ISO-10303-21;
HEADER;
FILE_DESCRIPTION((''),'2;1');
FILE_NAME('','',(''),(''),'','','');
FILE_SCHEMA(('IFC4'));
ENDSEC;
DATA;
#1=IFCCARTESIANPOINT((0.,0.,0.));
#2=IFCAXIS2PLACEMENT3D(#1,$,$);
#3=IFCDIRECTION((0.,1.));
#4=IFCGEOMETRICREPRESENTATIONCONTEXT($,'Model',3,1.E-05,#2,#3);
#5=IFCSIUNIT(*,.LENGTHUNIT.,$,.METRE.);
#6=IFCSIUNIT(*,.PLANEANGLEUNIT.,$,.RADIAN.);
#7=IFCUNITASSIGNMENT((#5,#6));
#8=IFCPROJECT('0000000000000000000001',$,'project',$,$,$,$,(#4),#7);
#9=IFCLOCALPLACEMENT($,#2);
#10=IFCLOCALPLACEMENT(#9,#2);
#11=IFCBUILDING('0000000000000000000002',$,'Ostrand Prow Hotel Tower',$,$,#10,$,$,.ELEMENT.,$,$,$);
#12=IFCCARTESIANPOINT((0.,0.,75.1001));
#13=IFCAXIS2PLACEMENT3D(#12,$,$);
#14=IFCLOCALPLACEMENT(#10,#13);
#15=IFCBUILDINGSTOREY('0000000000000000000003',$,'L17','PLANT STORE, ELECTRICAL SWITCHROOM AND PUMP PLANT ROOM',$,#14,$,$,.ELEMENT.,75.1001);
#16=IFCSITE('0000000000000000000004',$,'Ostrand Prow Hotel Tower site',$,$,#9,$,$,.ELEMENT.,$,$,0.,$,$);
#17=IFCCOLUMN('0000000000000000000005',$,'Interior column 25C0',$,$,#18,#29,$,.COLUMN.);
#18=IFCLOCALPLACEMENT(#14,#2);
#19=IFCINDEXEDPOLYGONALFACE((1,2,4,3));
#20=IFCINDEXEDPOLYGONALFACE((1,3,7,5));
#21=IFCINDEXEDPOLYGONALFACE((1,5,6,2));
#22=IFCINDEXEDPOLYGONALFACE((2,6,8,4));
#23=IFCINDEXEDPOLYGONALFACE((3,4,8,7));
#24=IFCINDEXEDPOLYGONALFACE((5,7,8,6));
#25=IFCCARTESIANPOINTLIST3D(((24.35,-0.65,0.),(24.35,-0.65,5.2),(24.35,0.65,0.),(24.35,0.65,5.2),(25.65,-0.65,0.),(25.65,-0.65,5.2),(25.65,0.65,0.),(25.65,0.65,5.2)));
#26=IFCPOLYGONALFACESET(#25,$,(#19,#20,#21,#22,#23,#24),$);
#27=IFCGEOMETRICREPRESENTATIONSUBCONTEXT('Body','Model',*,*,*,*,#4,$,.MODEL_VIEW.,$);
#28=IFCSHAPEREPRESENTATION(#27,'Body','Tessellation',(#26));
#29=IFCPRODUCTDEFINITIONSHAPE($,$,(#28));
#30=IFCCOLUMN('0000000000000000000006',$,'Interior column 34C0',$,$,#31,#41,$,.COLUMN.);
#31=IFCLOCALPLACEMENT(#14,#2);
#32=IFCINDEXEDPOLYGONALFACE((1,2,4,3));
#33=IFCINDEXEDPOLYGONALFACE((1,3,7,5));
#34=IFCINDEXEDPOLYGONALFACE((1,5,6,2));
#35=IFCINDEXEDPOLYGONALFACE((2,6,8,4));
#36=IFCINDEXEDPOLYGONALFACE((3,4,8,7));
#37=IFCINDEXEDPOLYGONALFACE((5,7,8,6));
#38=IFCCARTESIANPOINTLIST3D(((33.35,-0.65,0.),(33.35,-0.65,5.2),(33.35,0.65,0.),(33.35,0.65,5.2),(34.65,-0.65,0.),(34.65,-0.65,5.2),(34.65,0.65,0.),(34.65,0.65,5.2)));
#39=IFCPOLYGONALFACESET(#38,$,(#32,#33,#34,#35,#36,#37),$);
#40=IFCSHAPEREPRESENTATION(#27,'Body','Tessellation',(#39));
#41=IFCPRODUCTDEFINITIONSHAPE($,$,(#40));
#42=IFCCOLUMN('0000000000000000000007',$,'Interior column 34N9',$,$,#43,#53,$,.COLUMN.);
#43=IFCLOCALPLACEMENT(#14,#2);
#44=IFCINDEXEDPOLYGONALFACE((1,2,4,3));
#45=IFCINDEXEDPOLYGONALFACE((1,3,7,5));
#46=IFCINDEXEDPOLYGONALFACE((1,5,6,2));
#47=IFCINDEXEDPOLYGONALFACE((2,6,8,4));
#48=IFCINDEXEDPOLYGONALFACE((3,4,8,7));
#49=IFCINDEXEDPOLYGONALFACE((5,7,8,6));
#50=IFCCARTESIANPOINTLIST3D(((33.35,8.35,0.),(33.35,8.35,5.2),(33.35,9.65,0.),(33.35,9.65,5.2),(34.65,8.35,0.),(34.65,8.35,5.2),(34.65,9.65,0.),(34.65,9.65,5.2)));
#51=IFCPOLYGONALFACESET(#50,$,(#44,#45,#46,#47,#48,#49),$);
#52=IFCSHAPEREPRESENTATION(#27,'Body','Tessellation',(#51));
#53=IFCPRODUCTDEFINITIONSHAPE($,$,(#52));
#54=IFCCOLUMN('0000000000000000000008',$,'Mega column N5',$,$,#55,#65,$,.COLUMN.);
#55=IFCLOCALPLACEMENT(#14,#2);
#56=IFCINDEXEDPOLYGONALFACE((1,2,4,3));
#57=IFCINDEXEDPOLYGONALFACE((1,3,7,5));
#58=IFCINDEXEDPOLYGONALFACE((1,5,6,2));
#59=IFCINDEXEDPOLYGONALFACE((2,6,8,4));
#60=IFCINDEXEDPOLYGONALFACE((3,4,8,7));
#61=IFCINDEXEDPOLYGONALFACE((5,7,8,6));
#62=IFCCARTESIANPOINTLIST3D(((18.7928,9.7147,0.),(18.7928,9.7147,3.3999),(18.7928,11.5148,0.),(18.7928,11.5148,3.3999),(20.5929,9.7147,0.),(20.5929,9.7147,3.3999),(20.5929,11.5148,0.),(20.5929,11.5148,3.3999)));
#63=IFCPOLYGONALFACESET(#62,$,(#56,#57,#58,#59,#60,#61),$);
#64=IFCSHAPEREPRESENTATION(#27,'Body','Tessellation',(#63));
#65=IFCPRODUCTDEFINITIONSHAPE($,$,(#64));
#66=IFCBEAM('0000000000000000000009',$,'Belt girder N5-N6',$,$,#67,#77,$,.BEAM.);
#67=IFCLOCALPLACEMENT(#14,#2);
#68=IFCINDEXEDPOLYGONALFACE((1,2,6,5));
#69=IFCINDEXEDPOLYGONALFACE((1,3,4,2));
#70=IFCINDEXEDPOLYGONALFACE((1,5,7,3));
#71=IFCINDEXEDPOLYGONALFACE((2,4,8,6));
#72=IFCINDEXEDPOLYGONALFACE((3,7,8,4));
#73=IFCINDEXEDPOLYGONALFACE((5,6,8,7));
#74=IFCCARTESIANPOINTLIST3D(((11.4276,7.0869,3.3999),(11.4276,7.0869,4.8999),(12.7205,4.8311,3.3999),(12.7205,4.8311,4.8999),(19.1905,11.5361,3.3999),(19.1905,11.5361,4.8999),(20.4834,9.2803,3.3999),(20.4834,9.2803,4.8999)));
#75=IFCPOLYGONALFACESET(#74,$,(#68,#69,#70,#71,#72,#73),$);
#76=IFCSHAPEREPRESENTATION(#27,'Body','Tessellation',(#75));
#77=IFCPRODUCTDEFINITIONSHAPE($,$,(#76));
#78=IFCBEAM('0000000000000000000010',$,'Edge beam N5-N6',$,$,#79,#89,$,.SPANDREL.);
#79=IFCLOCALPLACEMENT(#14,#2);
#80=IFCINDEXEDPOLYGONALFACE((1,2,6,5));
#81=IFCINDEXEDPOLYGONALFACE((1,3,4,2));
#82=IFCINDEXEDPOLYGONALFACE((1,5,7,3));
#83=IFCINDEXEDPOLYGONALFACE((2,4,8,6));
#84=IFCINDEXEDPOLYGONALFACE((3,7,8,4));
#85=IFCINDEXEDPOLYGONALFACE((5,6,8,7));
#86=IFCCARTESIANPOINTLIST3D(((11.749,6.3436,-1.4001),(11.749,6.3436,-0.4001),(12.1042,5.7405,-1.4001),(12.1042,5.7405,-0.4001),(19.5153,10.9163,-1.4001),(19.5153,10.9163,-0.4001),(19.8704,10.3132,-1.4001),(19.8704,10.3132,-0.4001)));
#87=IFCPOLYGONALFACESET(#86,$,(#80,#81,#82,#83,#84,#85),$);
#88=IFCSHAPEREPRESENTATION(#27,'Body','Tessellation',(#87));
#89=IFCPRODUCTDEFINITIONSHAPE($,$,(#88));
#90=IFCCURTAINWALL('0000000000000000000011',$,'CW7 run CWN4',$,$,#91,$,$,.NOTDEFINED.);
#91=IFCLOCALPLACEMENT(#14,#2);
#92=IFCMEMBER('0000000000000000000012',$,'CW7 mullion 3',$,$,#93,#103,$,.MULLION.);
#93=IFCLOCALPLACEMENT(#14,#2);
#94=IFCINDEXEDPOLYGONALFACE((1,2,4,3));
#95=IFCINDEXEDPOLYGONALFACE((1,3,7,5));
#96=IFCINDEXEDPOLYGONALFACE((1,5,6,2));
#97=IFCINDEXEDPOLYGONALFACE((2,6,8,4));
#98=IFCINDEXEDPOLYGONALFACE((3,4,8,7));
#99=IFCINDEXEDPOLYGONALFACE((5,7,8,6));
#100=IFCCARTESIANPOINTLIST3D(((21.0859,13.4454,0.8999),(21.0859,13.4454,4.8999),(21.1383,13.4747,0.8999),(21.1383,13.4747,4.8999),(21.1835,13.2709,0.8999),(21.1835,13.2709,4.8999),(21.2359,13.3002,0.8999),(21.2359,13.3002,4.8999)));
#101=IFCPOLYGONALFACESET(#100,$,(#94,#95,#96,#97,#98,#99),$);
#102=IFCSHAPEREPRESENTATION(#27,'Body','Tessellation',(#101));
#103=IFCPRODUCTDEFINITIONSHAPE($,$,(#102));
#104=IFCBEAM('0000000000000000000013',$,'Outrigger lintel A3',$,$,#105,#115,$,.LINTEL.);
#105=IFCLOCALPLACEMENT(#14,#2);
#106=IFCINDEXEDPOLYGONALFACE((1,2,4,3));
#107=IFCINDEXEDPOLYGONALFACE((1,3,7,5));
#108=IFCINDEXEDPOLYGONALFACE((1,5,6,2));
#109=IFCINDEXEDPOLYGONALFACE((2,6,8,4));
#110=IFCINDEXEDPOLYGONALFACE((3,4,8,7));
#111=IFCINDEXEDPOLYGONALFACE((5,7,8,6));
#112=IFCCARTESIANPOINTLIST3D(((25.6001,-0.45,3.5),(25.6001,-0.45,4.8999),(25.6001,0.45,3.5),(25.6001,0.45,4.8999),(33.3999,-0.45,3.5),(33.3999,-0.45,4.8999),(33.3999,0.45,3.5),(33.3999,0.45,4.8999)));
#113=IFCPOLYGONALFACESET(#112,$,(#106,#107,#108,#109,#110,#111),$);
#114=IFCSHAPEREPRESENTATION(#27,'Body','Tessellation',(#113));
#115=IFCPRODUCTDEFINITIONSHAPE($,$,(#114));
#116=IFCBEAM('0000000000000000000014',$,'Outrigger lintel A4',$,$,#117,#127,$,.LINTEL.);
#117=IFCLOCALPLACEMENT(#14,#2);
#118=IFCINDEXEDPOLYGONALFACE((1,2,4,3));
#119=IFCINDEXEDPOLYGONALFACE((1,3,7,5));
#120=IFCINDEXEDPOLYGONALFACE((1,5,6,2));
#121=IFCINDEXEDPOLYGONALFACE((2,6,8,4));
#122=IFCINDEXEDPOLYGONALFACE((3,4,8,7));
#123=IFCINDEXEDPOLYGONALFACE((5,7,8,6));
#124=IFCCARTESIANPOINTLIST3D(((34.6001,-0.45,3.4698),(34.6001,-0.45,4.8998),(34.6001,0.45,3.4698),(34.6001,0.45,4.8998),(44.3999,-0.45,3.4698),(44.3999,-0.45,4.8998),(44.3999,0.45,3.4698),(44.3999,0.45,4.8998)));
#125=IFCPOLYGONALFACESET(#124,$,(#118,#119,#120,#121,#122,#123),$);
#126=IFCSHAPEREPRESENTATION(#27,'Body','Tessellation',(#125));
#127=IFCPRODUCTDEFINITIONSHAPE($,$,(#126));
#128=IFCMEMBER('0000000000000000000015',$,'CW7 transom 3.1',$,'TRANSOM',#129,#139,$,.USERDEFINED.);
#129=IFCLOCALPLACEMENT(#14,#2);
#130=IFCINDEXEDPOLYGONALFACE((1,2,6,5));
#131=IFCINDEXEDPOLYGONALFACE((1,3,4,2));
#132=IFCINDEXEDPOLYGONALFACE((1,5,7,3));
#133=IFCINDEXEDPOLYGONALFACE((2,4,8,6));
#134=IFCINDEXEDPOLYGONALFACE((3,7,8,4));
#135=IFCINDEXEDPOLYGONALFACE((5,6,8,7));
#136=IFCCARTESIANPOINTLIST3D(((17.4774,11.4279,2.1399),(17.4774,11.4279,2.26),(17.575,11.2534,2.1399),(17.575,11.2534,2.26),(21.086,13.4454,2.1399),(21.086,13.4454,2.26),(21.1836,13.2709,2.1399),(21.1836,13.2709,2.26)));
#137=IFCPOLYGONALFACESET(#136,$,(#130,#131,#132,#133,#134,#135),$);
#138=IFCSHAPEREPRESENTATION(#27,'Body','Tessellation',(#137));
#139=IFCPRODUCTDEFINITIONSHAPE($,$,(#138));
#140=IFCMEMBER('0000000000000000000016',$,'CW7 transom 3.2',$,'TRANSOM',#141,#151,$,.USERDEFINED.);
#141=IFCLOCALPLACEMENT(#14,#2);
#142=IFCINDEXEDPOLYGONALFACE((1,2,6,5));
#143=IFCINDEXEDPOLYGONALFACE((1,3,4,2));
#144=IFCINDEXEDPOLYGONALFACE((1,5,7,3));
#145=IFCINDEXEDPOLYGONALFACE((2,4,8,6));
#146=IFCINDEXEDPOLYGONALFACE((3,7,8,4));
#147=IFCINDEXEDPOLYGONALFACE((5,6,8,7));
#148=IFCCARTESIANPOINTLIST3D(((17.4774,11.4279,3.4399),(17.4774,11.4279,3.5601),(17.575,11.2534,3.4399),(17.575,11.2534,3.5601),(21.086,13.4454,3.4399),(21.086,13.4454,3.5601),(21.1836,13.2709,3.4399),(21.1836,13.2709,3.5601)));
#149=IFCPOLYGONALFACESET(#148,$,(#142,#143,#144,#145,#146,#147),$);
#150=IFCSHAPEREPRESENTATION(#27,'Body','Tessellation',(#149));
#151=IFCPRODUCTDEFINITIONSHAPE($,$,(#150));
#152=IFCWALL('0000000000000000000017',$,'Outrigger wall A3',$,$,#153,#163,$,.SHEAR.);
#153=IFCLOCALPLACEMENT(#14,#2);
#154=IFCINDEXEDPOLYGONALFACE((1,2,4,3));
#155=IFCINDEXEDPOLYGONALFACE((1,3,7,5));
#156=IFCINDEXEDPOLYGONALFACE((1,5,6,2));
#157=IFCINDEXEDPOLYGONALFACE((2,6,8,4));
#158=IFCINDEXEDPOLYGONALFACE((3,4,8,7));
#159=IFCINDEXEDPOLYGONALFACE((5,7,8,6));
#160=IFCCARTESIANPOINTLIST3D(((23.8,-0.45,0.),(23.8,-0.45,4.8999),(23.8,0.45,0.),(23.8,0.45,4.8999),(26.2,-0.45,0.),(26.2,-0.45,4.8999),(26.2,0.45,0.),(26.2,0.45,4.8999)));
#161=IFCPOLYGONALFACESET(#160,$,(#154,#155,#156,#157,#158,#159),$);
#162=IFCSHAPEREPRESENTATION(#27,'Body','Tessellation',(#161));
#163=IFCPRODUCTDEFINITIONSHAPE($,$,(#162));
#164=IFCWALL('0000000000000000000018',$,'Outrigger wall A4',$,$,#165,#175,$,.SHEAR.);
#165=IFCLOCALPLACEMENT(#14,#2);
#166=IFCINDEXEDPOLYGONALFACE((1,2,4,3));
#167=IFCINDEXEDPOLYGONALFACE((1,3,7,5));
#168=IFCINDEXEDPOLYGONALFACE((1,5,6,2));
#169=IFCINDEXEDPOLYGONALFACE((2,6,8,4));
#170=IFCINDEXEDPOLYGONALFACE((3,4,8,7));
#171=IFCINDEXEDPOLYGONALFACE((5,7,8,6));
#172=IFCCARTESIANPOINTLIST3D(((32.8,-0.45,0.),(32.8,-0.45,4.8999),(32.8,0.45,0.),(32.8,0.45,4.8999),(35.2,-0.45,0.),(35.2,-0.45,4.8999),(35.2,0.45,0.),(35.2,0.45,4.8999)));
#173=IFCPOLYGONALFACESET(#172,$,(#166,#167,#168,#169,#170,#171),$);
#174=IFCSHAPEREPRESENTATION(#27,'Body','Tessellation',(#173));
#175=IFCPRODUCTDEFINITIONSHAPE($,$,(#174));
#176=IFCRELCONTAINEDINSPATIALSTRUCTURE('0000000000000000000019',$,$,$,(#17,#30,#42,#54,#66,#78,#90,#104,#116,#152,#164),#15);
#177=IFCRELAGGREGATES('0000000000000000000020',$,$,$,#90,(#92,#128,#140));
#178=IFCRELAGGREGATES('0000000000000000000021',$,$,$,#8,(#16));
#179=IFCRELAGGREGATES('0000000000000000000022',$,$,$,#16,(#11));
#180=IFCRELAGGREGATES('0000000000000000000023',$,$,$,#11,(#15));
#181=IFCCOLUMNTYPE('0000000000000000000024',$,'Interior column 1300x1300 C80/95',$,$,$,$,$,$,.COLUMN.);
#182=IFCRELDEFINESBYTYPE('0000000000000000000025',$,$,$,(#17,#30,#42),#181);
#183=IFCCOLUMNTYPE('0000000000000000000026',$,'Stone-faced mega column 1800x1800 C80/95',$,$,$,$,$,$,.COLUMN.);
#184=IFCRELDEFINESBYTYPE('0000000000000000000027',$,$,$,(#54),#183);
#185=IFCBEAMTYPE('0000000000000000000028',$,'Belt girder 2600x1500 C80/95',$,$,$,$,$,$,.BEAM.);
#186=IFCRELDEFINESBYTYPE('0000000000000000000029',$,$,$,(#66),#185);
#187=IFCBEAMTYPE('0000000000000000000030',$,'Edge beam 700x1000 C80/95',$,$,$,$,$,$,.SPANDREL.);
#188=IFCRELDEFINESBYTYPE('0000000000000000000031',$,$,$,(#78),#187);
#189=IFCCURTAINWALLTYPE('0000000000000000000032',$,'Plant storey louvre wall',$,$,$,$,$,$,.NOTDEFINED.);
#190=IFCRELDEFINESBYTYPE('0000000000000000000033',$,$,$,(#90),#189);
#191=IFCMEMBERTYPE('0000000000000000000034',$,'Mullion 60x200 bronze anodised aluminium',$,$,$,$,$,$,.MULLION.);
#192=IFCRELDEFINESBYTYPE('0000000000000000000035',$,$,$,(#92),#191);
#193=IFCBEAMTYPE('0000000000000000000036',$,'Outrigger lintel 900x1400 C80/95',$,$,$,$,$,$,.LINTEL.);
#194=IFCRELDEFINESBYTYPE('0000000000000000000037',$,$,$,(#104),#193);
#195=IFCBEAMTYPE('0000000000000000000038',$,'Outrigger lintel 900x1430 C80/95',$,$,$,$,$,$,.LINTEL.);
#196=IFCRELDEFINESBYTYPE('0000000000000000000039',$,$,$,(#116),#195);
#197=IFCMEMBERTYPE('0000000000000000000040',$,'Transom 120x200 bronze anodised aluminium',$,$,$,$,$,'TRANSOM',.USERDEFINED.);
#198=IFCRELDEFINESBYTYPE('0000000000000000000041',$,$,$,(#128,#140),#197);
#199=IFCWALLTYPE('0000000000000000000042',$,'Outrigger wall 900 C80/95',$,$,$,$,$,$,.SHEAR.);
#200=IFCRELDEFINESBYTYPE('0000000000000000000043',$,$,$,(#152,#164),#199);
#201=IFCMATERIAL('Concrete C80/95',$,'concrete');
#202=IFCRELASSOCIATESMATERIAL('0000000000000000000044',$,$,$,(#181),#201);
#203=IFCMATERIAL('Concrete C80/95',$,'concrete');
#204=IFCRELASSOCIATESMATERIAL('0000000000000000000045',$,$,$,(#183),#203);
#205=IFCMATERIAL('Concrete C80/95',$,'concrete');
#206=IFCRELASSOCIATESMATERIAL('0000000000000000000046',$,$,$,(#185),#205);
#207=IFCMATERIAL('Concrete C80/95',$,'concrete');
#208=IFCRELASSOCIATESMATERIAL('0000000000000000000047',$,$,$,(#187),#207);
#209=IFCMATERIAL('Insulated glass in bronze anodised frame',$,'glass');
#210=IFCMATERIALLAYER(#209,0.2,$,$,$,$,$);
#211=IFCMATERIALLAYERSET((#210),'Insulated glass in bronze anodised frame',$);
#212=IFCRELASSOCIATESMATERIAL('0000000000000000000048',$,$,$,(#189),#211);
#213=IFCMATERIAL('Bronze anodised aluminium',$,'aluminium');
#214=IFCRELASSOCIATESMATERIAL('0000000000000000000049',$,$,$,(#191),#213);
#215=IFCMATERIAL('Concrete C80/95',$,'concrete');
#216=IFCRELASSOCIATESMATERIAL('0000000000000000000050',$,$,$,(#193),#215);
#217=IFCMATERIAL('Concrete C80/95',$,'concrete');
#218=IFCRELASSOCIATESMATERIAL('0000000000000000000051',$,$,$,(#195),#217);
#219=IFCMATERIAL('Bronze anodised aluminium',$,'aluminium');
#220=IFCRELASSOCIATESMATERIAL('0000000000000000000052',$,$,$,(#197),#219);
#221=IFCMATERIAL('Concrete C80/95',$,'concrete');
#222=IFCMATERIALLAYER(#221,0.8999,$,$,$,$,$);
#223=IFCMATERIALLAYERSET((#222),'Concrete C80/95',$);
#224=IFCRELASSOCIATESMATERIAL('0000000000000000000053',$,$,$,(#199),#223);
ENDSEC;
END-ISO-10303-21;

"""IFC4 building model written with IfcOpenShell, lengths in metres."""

from ifc_helpers import new_model, si_unit, direction, frame, frame_2d, origin, origin_2d, place, context, subcontext, project, spatial, rectangle, extrude, material, layer, layer_set, material_profile, profile_set, type_object, element, aggregate, save


model = new_model("IFC4")

# Units and contexts
model_context = context("Model", 3, precision=1e-05, world=origin(), true_north=direction((0.0, 1.0)))
body_context = subcontext(model_context, "Body", "Model", "MODEL_VIEW")
ifc_project = project(units=[si_unit("LENGTHUNIT", "METRE"), si_unit("PLANEANGLEUNIT", "RADIAN")], contexts=[model_context])

# Site, building, storey
site_placement = place(None, origin())
site = spatial("IfcSite", under=ifc_project, at=site_placement, Name="Ostrand Prow Hotel Tower site", CompositionType="ELEMENT", RefElevation=0.0)
building_placement = place(site_placement, origin())
building = spatial("IfcBuilding", under=site, at=building_placement, Name="Ostrand Prow Hotel Tower", CompositionType="ELEMENT")
storey_placement = place(building_placement, frame((0.0, 0.0, 75.1001)))
storey = spatial("IfcBuildingStorey", under=building, at=storey_placement, Name="L17", Description="PLANT STORE, ELECTRICAL SWITCHROOM AND PUMP PLANT ROOM", CompositionType="ELEMENT", Elevation=75.1001)

# Columns
ifc_material_1 = material(Name="Concrete C80/95", Category="concrete")
ifc_material_profile_1 = material_profile(ifc_material_1, rectangle(XDim=1.3, YDim=1.3, at=origin_2d()), Name="RC 1300x1300")
ifc_profile_set_1 = profile_set([ifc_material_profile_1], Name="Concrete C80/95")
column_type_1 = type_object("IfcColumnType", Name="Interior column 1300x1300 C80/95", PredefinedType="COLUMN", material=ifc_profile_set_1)
for number, where, z_axis, x_axis, name in (
    (1, (25.0, 0.0, 0.0), (0.0, 0.0, 1.0), (1.0, 0.0, 0.0), "Interior column 25C0"),
    (2, (34.0, 0.0, 0.0), (0.0, 0.0, 1.0), (1.0, 0.0, 0.0), "Interior column 34C0"),
    (3, (34.0, 9.0, 0.0), (0.0, 0.0, 1.0), (1.0, 0.0, 0.0), "Interior column 34N9"),
):
    element("IfcColumn", number, at=place(storey_placement, frame(where, z_axis=z_axis, x_axis=x_axis)), inside=storey, type_object=column_type_1, Name=name, PredefinedType="COLUMN", context=body_context, shape_type="SweptSolid", body=[
        extrude(rectangle(XDim=1.3, YDim=1.3, at=origin_2d()), origin(), (0.0, 0.0, 1.0), 5.2),
    ])
ifc_material_2 = material(Name="Concrete C80/95", Category="concrete")
ifc_material_profile_2 = material_profile(ifc_material_2, rectangle(XDim=1.8, YDim=1.8, at=origin_2d()), Name="RC 1800x1800")
ifc_profile_set_2 = profile_set([ifc_material_profile_2], Name="Concrete C80/95")
column_type_2 = type_object("IfcColumnType", Name="Stone-faced mega column 1800x1800 C80/95", PredefinedType="COLUMN", material=ifc_profile_set_2)
column_placement = place(storey_placement, frame((19.6929, 10.6147, 0.0), z_axis=(0.0, 0.0, 1.0), x_axis=(1.0, 0.0, 0.0)))
element("IfcColumn", 4, at=column_placement, inside=storey, type_object=column_type_2, Name="Mega column N5", PredefinedType="COLUMN", context=body_context, shape_type="SweptSolid", body=[
    extrude(rectangle(XDim=1.8, YDim=1.8, at=origin_2d()), origin(), (0.0, 0.0, 1.0), 3.3999),
])

# Beams
ifc_material_3 = material(Name="Concrete C80/95", Category="concrete")
ifc_material_profile_3 = material_profile(ifc_material_3, rectangle(XDim=2.6001, YDim=1.5, at=origin_2d()), Name="RC 2600x1500")
ifc_profile_set_3 = profile_set([ifc_material_profile_3], Name="Concrete C80/95")
beam_type_1 = type_object("IfcBeamType", Name="Belt girder 2600x1500 C80/95", PredefinedType="BEAM", material=ifc_profile_set_3)
beam_1_placement = place(storey_placement, frame((19.8369, 10.4082, 4.1499), z_axis=(-0.867604, -0.497255, 0.0), x_axis=(0.497255, -0.867604, 0.0)))
element("IfcBeam", 5, at=beam_1_placement, inside=storey, type_object=beam_type_1, Name="Belt girder N5-N6", PredefinedType="BEAM", context=body_context, shape_type="SweptSolid", body=[
    extrude(rectangle(XDim=2.6001, YDim=1.5, at=origin_2d()), origin(), (0.0, 0.0, 1.0), 8.9475),
])
ifc_material_4 = material(Name="Concrete C80/95", Category="concrete")
ifc_material_profile_4 = material_profile(ifc_material_4, rectangle(XDim=0.7, YDim=1.0, at=origin_2d()), Name="RC 700x1000")
ifc_profile_set_4 = profile_set([ifc_material_profile_4], Name="Concrete C80/95")
beam_type_2 = type_object("IfcBeamType", Name="Edge beam 700x1000 C80/95", PredefinedType="SPANDREL", material=ifc_profile_set_4)
beam_2_placement = place(storey_placement, frame((19.6929, 10.6147, -0.9001), z_axis=(-0.861725, -0.507375, 0.0), x_axis=(0.507375, -0.861725, 0.0)))
element("IfcBeam", 6, at=beam_2_placement, inside=storey, type_object=beam_type_2, Name="Edge beam N5-N6", PredefinedType="SPANDREL", context=body_context, shape_type="SweptSolid", body=[
    extrude(rectangle(XDim=0.7, YDim=1.0, at=origin_2d()), origin(), (0.0, 0.0, 1.0), 9.0125),
])

# Curtain wall, member
ifc_material_5 = material(Name="Insulated glass in bronze anodised frame", Category="glass")
ifc_layer_1 = layer(ifc_material_5, 0.2)
ifc_layer_set_1 = layer_set([ifc_layer_1], Name="Insulated glass in bronze anodised frame")
curtain_wall_type = type_object("IfcCurtainWallType", Name="Plant storey louvre wall", PredefinedType="NOTDEFINED", material=ifc_layer_set_1)
curtain_wall_placement = place(storey_placement, origin())
curtain_wall = element("IfcCurtainWall", 7, at=curtain_wall_placement, inside=storey, type_object=curtain_wall_type, Name="CW7 run CWN4", PredefinedType="NOTDEFINED")
ifc_material_6 = material(Name="Bronze anodised aluminium", Category="aluminium")
ifc_material_profile_5 = material_profile(ifc_material_6, rectangle(XDim=0.2, YDim=0.0601, at=origin_2d()), Name="Mullion 60x200 bronze anodised aluminium")
ifc_profile_set_5 = profile_set([ifc_material_profile_5], Name="Bronze anodised aluminium")
member_type_1 = type_object("IfcMemberType", Name="Mullion 60x200 bronze anodised aluminium", PredefinedType="MULLION", material=ifc_profile_set_5)
member_1_placement = place(storey_placement, frame((21.1609, 13.3728, 0.8999), z_axis=(0.0, 0.0, 1.0), x_axis=(0.488044, -0.872819, 0.0)))
member_1 = element("IfcMember", 8, at=member_1_placement, type_object=member_type_1, Name="CW7 mullion 3", PredefinedType="MULLION", context=body_context, shape_type="SweptSolid", body=[
    extrude(rectangle(XDim=0.2, YDim=0.0601, at=origin_2d()), origin(), (0.0, 0.0, 1.0), 4.0),
])

# Beams
ifc_material_7 = material(Name="Concrete C80/95", Category="concrete")
ifc_material_profile_6 = material_profile(ifc_material_7, rectangle(XDim=0.8999, YDim=1.3999, at=origin_2d()), Name="RC 900x1400")
ifc_profile_set_6 = profile_set([ifc_material_profile_6], Name="Concrete C80/95")
beam_type_3 = type_object("IfcBeamType", Name="Outrigger lintel 900x1400 C80/95", PredefinedType="LINTEL", material=ifc_profile_set_6)
beam_3_placement = place(storey_placement, frame((25.6001, 0.0, 4.2), z_axis=(1.0, 0.0, 0.0), x_axis=(0.0, 1.0, 0.0)))
element("IfcBeam", 9, at=beam_3_placement, inside=storey, type_object=beam_type_3, Name="Outrigger lintel A3", PredefinedType="LINTEL", context=body_context, shape_type="SweptSolid", body=[
    extrude(rectangle(XDim=0.8999, YDim=1.3999, at=origin_2d()), origin(), (0.0, 0.0, 1.0), 7.7998),
])
ifc_material_8 = material(Name="Concrete C80/95", Category="concrete")
ifc_material_profile_7 = material_profile(ifc_material_8, rectangle(XDim=0.8999, YDim=1.4299, at=origin_2d()), Name="RC 900x1430")
ifc_profile_set_7 = profile_set([ifc_material_profile_7], Name="Concrete C80/95")
beam_type_4 = type_object("IfcBeamType", Name="Outrigger lintel 900x1430 C80/95", PredefinedType="LINTEL", material=ifc_profile_set_7)
beam_4_placement = place(storey_placement, frame((34.6001, 0.0, 4.1848), z_axis=(1.0, 0.0, 0.0), x_axis=(0.0, 1.0, 0.0)))
element("IfcBeam", 10, at=beam_4_placement, inside=storey, type_object=beam_type_4, Name="Outrigger lintel A4", PredefinedType="LINTEL", context=body_context, shape_type="SweptSolid", body=[
    extrude(rectangle(XDim=0.8999, YDim=1.4299, at=origin_2d()), origin(), (0.0, 0.0, 1.0), 9.7998),
])

# Members
ifc_material_9 = material(Name="Bronze anodised aluminium", Category="aluminium")
ifc_material_profile_8 = material_profile(ifc_material_9, rectangle(XDim=0.2, YDim=0.1201, at=origin_2d()), Name="Transom 120x200 bronze anodised aluminium")
ifc_profile_set_8 = profile_set([ifc_material_profile_8], Name="Bronze anodised aluminium")
member_type_2 = type_object("IfcMemberType", Name="Transom 120x200 bronze anodised aluminium", ElementType="TRANSOM", PredefinedType="USERDEFINED", material=ifc_profile_set_8)
member_2_placement = place(storey_placement, frame((21.1348, 13.3582, 2.2), z_axis=(-0.872842, -0.488003, 0.0), x_axis=(0.488003, -0.872842, 0.0)))
member_2 = element("IfcMember", 11, at=member_2_placement, type_object=member_type_2, Name="CW7 transom 3.1", ObjectType="TRANSOM", PredefinedType="USERDEFINED", context=body_context, shape_type="SweptSolid", body=[
    extrude(rectangle(XDim=0.2, YDim=0.1201, at=origin_2d()), origin(), (0.0, 0.0, 1.0), 4.1343),
])
member_3_placement = place(storey_placement, frame((21.1348, 13.3582, 3.5), z_axis=(-0.872842, -0.488003, 0.0), x_axis=(0.488003, -0.872842, 0.0)))
member_3 = element("IfcMember", 12, at=member_3_placement, type_object=member_type_2, Name="CW7 transom 3.2", ObjectType="TRANSOM", PredefinedType="USERDEFINED", context=body_context, shape_type="SweptSolid", body=[
    extrude(rectangle(XDim=0.2, YDim=0.1201, at=origin_2d()), origin(), (0.0, 0.0, 1.0), 4.1343),
])
aggregate(curtain_wall, [member_1, member_2, member_3])

# Walls
ifc_material_10 = material(Name="Concrete C80/95", Category="concrete")
ifc_layer_2 = layer(ifc_material_10, 0.8999)
ifc_layer_set_2 = layer_set([ifc_layer_2], Name="Concrete C80/95")
wall_type_1 = type_object("IfcWallType", Name="Outrigger wall 900 C80/95", PredefinedType="SHEAR", material=ifc_layer_set_2)
for number, where, z_axis, x_axis, name in (
    (13, (23.8, 0.0, 0.0), (0.0, 0.0, 1.0), (1.0, 0.0, 0.0), "Outrigger wall A3"),
    (14, (32.8, 0.0, 0.0), (0.0, 0.0, 1.0), (1.0, 0.0, 0.0), "Outrigger wall A4"),
):
    element("IfcWall", number, at=place(storey_placement, frame(where, z_axis=z_axis, x_axis=x_axis)), inside=storey, type_object=wall_type_1, Name=name, PredefinedType="SHEAR", context=body_context, shape_type="SweptSolid", body=[
        extrude(rectangle(XDim=2.3999, YDim=0.8999, at=frame_2d((1.2, 0.0))), origin(), (0.0, 0.0, 1.0), 4.8999),
    ])

save(model, "model.ifc")
